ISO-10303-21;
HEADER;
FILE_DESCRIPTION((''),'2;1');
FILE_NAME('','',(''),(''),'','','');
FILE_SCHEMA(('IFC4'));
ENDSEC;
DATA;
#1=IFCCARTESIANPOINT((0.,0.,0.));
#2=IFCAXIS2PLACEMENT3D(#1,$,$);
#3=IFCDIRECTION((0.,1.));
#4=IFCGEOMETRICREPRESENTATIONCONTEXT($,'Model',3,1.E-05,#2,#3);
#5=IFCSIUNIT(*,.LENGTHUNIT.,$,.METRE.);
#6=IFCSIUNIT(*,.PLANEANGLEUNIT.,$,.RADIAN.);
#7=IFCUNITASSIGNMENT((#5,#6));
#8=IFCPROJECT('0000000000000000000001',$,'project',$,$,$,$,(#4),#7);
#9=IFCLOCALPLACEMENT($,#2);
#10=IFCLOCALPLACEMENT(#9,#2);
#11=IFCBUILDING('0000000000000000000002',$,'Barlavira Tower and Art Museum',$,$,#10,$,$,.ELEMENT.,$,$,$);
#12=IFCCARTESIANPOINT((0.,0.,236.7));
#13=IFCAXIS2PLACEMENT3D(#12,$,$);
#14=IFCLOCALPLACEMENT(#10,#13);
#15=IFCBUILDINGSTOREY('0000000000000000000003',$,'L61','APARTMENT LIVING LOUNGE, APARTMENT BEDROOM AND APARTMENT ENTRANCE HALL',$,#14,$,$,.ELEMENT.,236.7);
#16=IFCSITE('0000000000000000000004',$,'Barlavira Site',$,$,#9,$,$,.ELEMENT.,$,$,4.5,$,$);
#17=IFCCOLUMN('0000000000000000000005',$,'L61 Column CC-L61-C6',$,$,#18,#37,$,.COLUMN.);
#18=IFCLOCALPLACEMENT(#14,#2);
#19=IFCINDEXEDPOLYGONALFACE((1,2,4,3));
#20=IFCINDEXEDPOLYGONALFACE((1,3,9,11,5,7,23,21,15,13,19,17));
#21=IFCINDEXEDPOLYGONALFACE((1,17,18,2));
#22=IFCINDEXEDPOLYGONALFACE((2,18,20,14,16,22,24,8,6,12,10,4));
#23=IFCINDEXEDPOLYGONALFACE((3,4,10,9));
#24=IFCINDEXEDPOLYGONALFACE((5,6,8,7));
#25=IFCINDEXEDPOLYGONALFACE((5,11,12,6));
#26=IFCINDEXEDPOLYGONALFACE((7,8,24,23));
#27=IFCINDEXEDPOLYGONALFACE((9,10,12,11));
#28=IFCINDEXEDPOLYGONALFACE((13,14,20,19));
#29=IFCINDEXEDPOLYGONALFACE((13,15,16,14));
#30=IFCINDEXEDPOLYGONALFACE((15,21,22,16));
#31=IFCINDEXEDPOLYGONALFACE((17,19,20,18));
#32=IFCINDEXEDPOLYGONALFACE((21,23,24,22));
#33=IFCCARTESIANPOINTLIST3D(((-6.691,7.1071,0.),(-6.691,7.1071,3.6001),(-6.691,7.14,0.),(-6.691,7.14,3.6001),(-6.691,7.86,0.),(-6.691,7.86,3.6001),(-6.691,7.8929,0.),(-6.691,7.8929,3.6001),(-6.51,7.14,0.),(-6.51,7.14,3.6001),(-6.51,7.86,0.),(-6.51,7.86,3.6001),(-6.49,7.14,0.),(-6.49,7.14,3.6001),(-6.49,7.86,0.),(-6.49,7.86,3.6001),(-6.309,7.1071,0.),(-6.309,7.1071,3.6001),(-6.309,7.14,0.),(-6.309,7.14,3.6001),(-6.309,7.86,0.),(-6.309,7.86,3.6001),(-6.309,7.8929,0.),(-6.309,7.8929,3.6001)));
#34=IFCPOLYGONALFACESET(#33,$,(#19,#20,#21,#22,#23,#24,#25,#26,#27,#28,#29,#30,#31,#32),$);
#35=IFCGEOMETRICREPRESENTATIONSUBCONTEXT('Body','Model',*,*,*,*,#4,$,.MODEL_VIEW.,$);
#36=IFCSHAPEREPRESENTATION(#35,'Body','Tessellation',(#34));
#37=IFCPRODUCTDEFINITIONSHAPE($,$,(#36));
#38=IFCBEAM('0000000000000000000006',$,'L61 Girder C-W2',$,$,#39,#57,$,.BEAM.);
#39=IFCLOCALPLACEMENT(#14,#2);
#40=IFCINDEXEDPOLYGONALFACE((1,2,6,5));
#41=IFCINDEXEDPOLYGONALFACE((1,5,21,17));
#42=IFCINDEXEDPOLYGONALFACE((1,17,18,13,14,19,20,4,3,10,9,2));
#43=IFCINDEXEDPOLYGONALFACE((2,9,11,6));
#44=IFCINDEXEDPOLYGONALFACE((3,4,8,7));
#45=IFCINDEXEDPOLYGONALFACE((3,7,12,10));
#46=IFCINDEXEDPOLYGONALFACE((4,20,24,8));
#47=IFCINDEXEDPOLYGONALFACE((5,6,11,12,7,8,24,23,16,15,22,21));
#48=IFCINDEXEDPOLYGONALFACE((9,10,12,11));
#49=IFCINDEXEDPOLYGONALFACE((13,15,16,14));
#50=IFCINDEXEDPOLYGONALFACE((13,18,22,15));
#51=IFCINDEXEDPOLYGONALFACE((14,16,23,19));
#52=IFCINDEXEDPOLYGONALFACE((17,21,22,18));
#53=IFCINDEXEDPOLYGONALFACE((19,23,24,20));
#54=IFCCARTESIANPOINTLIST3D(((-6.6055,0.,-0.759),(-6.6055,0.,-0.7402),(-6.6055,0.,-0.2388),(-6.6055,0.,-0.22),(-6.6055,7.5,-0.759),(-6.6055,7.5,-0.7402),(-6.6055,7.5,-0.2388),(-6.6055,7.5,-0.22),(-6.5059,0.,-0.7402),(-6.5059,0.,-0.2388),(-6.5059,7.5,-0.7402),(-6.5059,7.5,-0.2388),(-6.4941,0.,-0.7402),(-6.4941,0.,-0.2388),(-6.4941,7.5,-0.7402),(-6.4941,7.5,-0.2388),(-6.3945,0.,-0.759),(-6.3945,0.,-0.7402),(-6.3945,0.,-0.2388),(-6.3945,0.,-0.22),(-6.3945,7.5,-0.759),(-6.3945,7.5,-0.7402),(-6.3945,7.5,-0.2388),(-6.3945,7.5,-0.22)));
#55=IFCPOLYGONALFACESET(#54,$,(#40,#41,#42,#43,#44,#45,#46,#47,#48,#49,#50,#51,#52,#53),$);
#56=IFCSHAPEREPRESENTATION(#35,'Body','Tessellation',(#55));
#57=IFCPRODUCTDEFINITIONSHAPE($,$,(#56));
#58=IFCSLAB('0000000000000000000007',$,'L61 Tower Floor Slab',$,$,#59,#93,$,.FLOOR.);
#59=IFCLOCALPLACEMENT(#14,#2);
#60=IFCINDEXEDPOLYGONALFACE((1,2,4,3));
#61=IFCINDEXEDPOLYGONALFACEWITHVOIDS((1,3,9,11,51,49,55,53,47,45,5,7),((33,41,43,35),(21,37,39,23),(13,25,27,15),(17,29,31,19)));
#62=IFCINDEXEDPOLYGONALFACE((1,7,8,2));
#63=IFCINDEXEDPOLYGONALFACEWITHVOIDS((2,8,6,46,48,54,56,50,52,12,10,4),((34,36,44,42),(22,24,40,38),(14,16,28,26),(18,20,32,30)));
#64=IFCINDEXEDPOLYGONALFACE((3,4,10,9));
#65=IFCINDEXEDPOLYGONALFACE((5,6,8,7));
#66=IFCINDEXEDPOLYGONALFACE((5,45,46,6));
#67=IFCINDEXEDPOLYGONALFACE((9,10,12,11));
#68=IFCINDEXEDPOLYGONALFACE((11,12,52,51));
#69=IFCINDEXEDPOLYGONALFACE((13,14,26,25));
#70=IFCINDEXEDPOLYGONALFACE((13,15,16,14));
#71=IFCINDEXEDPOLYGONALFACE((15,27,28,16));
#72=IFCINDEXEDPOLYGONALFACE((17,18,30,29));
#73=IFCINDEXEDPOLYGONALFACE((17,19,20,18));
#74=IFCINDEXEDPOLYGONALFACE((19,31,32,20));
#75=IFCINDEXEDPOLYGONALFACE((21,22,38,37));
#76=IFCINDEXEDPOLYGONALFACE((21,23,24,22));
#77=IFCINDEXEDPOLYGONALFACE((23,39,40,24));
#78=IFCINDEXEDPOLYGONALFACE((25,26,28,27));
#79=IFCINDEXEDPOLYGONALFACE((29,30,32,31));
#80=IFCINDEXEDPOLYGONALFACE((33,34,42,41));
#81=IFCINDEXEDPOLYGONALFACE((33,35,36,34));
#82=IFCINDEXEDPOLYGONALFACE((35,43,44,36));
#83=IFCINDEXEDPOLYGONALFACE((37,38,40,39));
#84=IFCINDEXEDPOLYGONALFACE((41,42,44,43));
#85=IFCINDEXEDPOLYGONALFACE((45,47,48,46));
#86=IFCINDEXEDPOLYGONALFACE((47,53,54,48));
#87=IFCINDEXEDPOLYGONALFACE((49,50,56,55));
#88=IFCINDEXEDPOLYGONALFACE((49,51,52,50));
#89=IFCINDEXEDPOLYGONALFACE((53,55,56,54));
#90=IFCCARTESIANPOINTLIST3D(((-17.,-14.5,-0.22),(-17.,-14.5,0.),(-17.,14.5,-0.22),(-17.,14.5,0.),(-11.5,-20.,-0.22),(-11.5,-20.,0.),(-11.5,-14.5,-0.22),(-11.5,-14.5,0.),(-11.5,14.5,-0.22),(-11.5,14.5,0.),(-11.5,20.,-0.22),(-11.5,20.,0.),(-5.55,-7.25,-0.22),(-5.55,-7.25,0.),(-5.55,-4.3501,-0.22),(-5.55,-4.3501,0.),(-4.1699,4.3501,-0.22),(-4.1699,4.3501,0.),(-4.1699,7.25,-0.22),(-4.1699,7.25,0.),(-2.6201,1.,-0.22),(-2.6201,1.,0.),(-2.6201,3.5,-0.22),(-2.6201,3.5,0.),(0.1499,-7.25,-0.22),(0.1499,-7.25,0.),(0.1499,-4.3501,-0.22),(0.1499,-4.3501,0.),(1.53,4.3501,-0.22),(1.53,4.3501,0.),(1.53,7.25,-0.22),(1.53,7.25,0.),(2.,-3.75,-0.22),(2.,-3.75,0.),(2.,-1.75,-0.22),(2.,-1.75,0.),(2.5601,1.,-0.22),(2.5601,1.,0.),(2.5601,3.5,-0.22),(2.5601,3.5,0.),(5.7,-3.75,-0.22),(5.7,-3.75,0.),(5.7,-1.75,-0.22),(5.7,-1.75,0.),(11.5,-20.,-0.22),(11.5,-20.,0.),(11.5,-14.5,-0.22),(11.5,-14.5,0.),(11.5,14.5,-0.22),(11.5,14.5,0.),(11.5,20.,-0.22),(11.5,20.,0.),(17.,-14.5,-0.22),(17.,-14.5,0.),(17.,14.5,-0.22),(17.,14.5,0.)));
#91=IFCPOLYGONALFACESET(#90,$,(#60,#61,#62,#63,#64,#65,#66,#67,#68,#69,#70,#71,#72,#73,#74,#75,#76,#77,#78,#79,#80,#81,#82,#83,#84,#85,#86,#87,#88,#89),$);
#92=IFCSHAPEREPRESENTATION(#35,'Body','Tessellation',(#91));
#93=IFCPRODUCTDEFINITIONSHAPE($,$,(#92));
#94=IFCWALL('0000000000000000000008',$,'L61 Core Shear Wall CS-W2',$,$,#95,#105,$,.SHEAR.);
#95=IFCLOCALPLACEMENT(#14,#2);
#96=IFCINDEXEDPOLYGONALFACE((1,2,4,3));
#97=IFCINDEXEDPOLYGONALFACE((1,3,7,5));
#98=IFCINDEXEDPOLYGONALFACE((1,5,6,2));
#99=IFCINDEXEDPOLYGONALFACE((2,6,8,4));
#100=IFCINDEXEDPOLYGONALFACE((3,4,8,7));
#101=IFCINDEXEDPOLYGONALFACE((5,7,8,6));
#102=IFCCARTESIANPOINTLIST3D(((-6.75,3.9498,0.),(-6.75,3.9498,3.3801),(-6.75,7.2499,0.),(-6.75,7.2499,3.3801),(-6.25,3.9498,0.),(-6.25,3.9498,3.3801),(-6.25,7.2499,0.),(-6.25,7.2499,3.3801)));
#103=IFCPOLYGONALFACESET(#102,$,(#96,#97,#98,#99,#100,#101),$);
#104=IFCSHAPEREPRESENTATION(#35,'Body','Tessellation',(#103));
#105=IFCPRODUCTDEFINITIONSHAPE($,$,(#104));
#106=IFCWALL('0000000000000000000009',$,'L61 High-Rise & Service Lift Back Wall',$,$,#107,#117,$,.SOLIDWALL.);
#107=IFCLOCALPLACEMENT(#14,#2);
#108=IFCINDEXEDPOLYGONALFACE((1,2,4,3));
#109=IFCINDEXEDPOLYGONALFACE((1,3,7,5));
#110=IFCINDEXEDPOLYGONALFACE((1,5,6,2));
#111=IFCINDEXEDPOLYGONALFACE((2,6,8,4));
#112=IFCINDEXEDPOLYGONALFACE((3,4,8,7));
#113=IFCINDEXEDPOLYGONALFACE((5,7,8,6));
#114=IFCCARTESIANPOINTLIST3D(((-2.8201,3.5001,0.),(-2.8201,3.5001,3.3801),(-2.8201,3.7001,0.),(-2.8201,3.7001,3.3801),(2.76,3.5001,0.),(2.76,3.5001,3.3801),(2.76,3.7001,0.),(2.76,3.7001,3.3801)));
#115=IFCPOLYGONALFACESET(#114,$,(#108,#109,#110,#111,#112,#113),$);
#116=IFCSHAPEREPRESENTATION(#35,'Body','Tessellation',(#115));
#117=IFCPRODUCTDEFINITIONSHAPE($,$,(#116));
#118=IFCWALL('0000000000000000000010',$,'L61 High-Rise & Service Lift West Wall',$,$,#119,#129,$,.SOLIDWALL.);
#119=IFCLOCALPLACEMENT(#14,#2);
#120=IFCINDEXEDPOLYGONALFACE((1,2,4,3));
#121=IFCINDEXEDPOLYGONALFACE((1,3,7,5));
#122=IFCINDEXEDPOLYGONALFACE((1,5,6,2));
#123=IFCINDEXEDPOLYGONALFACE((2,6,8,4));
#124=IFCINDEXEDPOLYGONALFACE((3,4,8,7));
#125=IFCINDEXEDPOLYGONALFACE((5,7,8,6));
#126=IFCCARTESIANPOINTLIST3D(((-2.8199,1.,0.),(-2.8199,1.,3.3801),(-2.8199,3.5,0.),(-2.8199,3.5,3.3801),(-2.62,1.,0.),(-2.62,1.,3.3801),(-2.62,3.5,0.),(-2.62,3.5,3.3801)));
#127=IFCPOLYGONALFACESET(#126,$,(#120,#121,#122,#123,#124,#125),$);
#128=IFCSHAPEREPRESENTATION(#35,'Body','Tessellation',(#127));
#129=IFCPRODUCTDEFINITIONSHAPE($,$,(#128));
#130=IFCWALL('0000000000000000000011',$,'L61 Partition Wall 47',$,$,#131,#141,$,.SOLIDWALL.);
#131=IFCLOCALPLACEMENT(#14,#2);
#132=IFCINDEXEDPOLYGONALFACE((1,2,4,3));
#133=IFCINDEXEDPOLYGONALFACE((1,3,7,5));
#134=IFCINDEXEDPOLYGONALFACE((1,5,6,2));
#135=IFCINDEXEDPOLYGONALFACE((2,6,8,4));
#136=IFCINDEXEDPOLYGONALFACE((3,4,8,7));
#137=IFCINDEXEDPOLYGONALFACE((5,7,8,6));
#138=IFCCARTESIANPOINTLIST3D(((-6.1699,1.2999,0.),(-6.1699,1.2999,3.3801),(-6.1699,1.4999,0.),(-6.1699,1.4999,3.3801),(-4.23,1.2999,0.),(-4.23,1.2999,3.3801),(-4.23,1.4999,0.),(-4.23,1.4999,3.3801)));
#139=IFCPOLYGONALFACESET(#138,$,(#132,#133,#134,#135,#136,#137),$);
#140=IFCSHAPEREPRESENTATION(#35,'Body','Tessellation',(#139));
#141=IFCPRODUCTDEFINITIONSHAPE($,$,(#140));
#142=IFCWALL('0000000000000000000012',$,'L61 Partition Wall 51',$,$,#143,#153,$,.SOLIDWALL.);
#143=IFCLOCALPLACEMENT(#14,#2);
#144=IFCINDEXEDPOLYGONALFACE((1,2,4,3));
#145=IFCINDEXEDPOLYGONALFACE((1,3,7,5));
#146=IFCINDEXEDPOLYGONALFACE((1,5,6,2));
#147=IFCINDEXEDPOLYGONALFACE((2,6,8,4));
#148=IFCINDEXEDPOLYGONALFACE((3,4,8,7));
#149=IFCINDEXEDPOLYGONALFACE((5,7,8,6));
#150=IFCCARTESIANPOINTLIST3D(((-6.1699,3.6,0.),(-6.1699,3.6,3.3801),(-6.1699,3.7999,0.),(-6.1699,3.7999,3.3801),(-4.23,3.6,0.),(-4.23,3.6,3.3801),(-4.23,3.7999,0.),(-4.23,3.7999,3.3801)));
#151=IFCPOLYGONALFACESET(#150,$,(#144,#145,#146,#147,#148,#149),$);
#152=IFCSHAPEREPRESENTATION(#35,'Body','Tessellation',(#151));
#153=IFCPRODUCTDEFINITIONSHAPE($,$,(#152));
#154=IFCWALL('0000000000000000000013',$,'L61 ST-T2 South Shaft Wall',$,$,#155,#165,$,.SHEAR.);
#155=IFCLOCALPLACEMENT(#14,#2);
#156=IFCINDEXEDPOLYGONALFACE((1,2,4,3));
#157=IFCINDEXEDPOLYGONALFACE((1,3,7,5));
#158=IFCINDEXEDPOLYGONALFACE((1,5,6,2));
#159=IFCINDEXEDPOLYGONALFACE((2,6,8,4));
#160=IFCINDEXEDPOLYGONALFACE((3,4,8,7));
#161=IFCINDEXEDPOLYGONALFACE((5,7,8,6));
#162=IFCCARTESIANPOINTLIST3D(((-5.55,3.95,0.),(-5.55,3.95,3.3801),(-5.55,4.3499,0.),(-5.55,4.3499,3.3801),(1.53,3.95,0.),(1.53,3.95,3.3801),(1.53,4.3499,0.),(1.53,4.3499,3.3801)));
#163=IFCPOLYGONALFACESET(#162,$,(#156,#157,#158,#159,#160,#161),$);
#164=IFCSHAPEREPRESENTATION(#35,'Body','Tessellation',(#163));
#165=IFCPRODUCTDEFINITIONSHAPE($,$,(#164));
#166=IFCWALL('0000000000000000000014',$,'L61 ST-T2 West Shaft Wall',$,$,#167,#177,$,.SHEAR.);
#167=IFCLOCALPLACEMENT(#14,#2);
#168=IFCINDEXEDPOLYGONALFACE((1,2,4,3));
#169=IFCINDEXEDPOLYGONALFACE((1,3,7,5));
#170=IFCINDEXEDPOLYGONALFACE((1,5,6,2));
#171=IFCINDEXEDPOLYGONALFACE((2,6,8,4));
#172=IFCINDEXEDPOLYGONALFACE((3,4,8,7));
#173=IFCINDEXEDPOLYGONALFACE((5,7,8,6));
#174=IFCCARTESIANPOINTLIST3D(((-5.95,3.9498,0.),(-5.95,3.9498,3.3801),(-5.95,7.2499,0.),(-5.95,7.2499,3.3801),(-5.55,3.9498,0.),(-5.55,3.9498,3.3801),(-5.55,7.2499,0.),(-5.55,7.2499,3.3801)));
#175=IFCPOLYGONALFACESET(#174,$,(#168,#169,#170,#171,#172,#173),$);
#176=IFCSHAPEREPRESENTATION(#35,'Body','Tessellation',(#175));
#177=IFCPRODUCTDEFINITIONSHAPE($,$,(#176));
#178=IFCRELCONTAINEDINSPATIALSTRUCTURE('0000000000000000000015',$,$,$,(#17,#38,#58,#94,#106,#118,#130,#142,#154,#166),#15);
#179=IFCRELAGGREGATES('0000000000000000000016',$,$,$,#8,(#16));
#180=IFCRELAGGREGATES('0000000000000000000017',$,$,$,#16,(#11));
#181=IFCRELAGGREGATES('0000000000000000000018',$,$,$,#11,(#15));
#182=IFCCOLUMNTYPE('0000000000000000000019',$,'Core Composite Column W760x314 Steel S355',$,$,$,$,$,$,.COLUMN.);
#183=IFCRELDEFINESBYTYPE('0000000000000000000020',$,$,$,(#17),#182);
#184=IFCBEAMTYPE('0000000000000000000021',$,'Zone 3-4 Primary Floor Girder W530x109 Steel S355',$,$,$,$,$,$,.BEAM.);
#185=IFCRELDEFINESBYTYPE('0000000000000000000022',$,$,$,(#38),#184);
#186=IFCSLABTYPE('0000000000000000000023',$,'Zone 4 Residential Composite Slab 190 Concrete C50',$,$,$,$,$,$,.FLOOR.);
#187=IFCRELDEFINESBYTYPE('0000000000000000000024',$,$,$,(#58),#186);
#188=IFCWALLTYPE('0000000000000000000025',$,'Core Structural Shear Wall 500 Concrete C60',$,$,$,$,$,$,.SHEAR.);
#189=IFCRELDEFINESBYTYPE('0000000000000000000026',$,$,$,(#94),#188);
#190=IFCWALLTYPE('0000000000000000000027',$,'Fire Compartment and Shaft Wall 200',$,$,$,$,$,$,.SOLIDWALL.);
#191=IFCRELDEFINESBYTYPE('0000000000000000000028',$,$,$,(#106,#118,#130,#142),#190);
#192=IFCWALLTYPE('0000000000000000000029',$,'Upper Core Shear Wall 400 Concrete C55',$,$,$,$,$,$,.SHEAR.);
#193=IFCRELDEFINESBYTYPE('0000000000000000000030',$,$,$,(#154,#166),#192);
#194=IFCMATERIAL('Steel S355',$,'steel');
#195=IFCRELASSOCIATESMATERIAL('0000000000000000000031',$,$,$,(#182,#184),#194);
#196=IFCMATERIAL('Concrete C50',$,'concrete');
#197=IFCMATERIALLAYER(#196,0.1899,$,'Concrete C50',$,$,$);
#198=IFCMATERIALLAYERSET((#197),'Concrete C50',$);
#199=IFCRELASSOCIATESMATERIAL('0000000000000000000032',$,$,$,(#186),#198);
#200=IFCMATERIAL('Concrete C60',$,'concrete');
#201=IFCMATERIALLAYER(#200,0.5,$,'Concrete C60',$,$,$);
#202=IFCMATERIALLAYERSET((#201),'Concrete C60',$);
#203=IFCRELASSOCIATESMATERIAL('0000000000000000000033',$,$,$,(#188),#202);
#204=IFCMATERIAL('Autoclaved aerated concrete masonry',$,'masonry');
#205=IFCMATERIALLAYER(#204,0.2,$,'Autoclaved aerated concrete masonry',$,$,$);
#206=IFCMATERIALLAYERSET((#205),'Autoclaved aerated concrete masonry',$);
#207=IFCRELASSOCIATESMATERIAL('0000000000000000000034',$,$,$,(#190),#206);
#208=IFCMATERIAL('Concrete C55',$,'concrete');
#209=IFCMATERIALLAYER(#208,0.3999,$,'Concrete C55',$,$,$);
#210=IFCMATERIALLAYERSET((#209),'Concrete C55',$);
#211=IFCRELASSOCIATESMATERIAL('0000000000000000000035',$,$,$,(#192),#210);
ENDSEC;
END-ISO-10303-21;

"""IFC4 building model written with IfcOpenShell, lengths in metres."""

from ifc_helpers import new_model, si_unit, direction, frame, frame_2d, origin, origin_2d, place, context, subcontext, project, spatial, polyline, rectangle, i_section, outline, extrude, material, layer, layer_set, material_profile, profile_set, type_object, element, save


model = new_model("IFC4")

# Units and contexts
model_context = context("Model", 3, precision=1e-05, world=origin(), true_north=direction((0.0, 1.0)))
body_context = subcontext(model_context, "Body", "Model", "MODEL_VIEW")
ifc_project = project(units=[si_unit("LENGTHUNIT", "METRE"), si_unit("PLANEANGLEUNIT", "RADIAN")], contexts=[model_context])

# Site, building, storey
site_placement = place(None, origin())
site = spatial("IfcSite", under=ifc_project, at=site_placement, Name="Barlavira Site", CompositionType="ELEMENT", RefElevation=4.5)
building_placement = place(site_placement, origin())
building = spatial("IfcBuilding", under=site, at=building_placement, Name="Barlavira Tower and Art Museum", CompositionType="ELEMENT")
storey_placement = place(building_placement, frame((0.0, 0.0, 236.7)))
storey = spatial("IfcBuildingStorey", under=building, at=storey_placement, Name="L61", Description="APARTMENT LIVING LOUNGE, APARTMENT BEDROOM AND APARTMENT ENTRANCE HALL", CompositionType="ELEMENT", Elevation=236.7)

# Column
ifc_material_1 = material(Name="Steel S355", Category="steel")
ifc_material_profile_1 = material_profile(ifc_material_1, i_section(OverallWidth=0.3821, OverallDepth=0.7859, WebThickness=0.02, FlangeThickness=0.033, at=origin_2d()), Name="W760x314.0")
ifc_profile_set_1 = profile_set([ifc_material_profile_1], Name="Steel S355")
column_type = type_object("IfcColumnType", Name="Core Composite Column W760x314 Steel S355", PredefinedType="COLUMN", material=ifc_profile_set_1)
column_placement = place(storey_placement, frame((-6.5, 7.5, 0.0), z_axis=(0.0, 0.0, 1.0), x_axis=(1.0, 0.0, 0.0)))
element("IfcColumn", 1, at=column_placement, inside=storey, type_object=column_type, Name="L61 Column CC-L61-C6", PredefinedType="COLUMN", context=body_context, shape_type="SweptSolid", body=[
    extrude(i_section(OverallWidth=0.3821, OverallDepth=0.7859, WebThickness=0.02, FlangeThickness=0.033, at=origin_2d()), origin(), (0.0, 0.0, 1.0), 3.6001),
])

# Beam
ifc_material_profile_2 = material_profile(ifc_material_1, i_section(OverallWidth=0.2109, OverallDepth=0.5391, WebThickness=0.0117, FlangeThickness=0.0188, at=origin_2d()), Name="W530x109.0")
ifc_profile_set_2 = profile_set([ifc_material_profile_2], Name="Steel S355")
beam_type = type_object("IfcBeamType", Name="Zone 3-4 Primary Floor Girder W530x109 Steel S355", PredefinedType="BEAM", material=ifc_profile_set_2)
beam_placement = place(storey_placement, frame((-6.5, 0.0, -0.4895), z_axis=(0.0, 1.0, 0.0), x_axis=(-1.0, 0.0, 0.0)))
element("IfcBeam", 2, at=beam_placement, inside=storey, type_object=beam_type, Name="L61 Girder C-W2", PredefinedType="BEAM", context=body_context, shape_type="SweptSolid", body=[
    extrude(i_section(OverallWidth=0.2109, OverallDepth=0.5391, WebThickness=0.0117, FlangeThickness=0.0188, at=origin_2d()), origin(), (0.0, 0.0, 1.0), 7.5),
])

# Slab
ifc_material_2 = material(Name="Concrete C50", Category="concrete")
ifc_layer_1 = layer(ifc_material_2, 0.1899, Name="Concrete C50")
ifc_layer_set_1 = layer_set([ifc_layer_1], Name="Concrete C50")
slab_type = type_object("IfcSlabType", Name="Zone 4 Residential Composite Slab 190 Concrete C50", PredefinedType="FLOOR", material=ifc_layer_set_1)
slab_placement = place(storey_placement, frame((0.0, 0.0, -0.22)))
element("IfcSlab", 3, at=slab_placement, inside=storey, type_object=slab_type, Name="L61 Tower Floor Slab", PredefinedType="FLOOR", context=body_context, shape_type="SweptSolid", body=[
    extrude(outline(polyline([(-11.5, -20.0), (11.5, -20.0), (11.5, -14.5), (17.0, -14.5), (17.0, 14.5), (11.5, 14.5), (11.5, 20.0), (-11.5, 20.0), (-11.5, 14.5), (-17.0, 14.5), (-17.0, -14.5), (-11.5, -14.5), (-11.5, -20.0)]), holes=[polyline([(0.1499, -4.3501), (-5.55, -4.3501), (-5.55, -7.25), (0.1499, -7.25), (0.1499, -4.3501)]), polyline([(-4.1699, 4.3501), (1.53, 4.3501), (1.53, 7.25), (-4.1699, 7.25), (-4.1699, 4.3501)]), polyline([(-2.6201, 1.0), (2.5601, 1.0), (2.5601, 3.5), (-2.6201, 3.5), (-2.6201, 1.0)]), polyline([(2.0, -3.75), (5.7, -3.75), (5.7, -1.75), (2.0, -1.75), (2.0, -3.75)])]), origin(), (0.0, 0.0, 1.0), 0.22),
])

# Shared definitions
ifc_material_3 = material(Name="Concrete C60", Category="concrete")
ifc_layer_2 = layer(ifc_material_3, 0.5, Name="Concrete C60")
ifc_layer_set_2 = layer_set([ifc_layer_2], Name="Concrete C60")
wall_type_1 = type_object("IfcWallType", Name="Core Structural Shear Wall 500 Concrete C60", PredefinedType="SHEAR", material=ifc_layer_set_2)

# Wall
wall_1_placement = place(storey_placement, frame((-6.5, 3.95, 0.0), z_axis=(0.0, 0.0, 1.0), x_axis=(0.0, 1.0, 0.0)))
element("IfcWall", 4, at=wall_1_placement, inside=storey, type_object=wall_type_1, Name="L61 Core Shear Wall CS-W2", PredefinedType="SHEAR", context=body_context, shape_type="SweptSolid", body=[
    extrude(rectangle(XDim=3.3, YDim=0.5, at=frame_2d((1.6499, 0.0))), origin(), (0.0, 0.0, 1.0), 3.3801),
])

# Shared definitions
ifc_material_4 = material(Name="Autoclaved aerated concrete masonry", Category="masonry")
ifc_layer_3 = layer(ifc_material_4, 0.2, Name="Autoclaved aerated concrete masonry")
ifc_layer_set_3 = layer_set([ifc_layer_3], Name="Autoclaved aerated concrete masonry")
wall_type_2 = type_object("IfcWallType", Name="Fire Compartment and Shaft Wall 200", PredefinedType="SOLIDWALL", material=ifc_layer_set_3)

# Walls
wall_2_placement = place(storey_placement, frame((-2.8201, 3.6001, 0.0), z_axis=(0.0, 0.0, 1.0), x_axis=(1.0, 0.0, 0.0)))
element("IfcWall", 5, at=wall_2_placement, inside=storey, type_object=wall_type_2, Name="L61 High-Rise & Service Lift Back Wall", PredefinedType="SOLIDWALL", context=body_context, shape_type="SweptSolid", body=[
    extrude(rectangle(XDim=5.5801, YDim=0.2, at=frame_2d((2.79, 0.0))), origin(), (0.0, 0.0, 1.0), 3.3801),
])
wall_3_placement = place(storey_placement, frame((-2.72, 1.0, 0.0), z_axis=(0.0, 0.0, 1.0), x_axis=(0.0, 1.0, 0.0)))
element("IfcWall", 6, at=wall_3_placement, inside=storey, type_object=wall_type_2, Name="L61 High-Rise & Service Lift West Wall", PredefinedType="SOLIDWALL", context=body_context, shape_type="SweptSolid", body=[
    extrude(rectangle(XDim=2.5, YDim=0.2, at=frame_2d((1.25, 0.0))), origin(), (0.0, 0.0, 1.0), 3.3801),
])
for number, where, z_axis, x_axis, name in (
    (7, (-6.1699, 1.3999, 0.0), (0.0, 0.0, 1.0), (1.0, 0.0, 0.0), "L61 Partition Wall 47"),
    (8, (-6.1699, 3.7, 0.0), (0.0, 0.0, 1.0), (1.0, 0.0, 0.0), "L61 Partition Wall 51"),
):
    element("IfcWall", number, at=place(storey_placement, frame(where, z_axis=z_axis, x_axis=x_axis)), inside=storey, type_object=wall_type_2, Name=name, PredefinedType="SOLIDWALL", context=body_context, shape_type="SweptSolid", body=[
        extrude(rectangle(XDim=1.9399, YDim=0.2, at=frame_2d((0.97, 0.0))), origin(), (0.0, 0.0, 1.0), 3.3801),
    ])
ifc_material_5 = material(Name="Concrete C55", Category="concrete")
ifc_layer_4 = layer(ifc_material_5, 0.3999, Name="Concrete C55")
ifc_layer_set_4 = layer_set([ifc_layer_4], Name="Concrete C55")
wall_type_3 = type_object("IfcWallType", Name="Upper Core Shear Wall 400 Concrete C55", PredefinedType="SHEAR", material=ifc_layer_set_4)
wall_4_placement = place(storey_placement, frame((-5.55, 4.1499, 0.0), z_axis=(0.0, 0.0, 1.0), x_axis=(1.0, 0.0, 0.0)))
element("IfcWall", 9, at=wall_4_placement, inside=storey, type_object=wall_type_3, Name="L61 ST-T2 South Shaft Wall", PredefinedType="SHEAR", context=body_context, shape_type="SweptSolid", body=[
    extrude(rectangle(XDim=7.0801, YDim=0.3999, at=frame_2d((3.54, 0.0))), origin(), (0.0, 0.0, 1.0), 3.3801),
])
wall_5_placement = place(storey_placement, frame((-5.75, 3.95, 0.0), z_axis=(0.0, 0.0, 1.0), x_axis=(0.0, 1.0, 0.0)))
element("IfcWall", 10, at=wall_5_placement, inside=storey, type_object=wall_type_3, Name="L61 ST-T2 West Shaft Wall", PredefinedType="SHEAR", context=body_context, shape_type="SweptSolid", body=[
    extrude(rectangle(XDim=3.3, YDim=0.3999, at=frame_2d((1.6499, 0.0))), origin(), (0.0, 0.0, 1.0), 3.3801),
])

save(model, "model.ifc")
